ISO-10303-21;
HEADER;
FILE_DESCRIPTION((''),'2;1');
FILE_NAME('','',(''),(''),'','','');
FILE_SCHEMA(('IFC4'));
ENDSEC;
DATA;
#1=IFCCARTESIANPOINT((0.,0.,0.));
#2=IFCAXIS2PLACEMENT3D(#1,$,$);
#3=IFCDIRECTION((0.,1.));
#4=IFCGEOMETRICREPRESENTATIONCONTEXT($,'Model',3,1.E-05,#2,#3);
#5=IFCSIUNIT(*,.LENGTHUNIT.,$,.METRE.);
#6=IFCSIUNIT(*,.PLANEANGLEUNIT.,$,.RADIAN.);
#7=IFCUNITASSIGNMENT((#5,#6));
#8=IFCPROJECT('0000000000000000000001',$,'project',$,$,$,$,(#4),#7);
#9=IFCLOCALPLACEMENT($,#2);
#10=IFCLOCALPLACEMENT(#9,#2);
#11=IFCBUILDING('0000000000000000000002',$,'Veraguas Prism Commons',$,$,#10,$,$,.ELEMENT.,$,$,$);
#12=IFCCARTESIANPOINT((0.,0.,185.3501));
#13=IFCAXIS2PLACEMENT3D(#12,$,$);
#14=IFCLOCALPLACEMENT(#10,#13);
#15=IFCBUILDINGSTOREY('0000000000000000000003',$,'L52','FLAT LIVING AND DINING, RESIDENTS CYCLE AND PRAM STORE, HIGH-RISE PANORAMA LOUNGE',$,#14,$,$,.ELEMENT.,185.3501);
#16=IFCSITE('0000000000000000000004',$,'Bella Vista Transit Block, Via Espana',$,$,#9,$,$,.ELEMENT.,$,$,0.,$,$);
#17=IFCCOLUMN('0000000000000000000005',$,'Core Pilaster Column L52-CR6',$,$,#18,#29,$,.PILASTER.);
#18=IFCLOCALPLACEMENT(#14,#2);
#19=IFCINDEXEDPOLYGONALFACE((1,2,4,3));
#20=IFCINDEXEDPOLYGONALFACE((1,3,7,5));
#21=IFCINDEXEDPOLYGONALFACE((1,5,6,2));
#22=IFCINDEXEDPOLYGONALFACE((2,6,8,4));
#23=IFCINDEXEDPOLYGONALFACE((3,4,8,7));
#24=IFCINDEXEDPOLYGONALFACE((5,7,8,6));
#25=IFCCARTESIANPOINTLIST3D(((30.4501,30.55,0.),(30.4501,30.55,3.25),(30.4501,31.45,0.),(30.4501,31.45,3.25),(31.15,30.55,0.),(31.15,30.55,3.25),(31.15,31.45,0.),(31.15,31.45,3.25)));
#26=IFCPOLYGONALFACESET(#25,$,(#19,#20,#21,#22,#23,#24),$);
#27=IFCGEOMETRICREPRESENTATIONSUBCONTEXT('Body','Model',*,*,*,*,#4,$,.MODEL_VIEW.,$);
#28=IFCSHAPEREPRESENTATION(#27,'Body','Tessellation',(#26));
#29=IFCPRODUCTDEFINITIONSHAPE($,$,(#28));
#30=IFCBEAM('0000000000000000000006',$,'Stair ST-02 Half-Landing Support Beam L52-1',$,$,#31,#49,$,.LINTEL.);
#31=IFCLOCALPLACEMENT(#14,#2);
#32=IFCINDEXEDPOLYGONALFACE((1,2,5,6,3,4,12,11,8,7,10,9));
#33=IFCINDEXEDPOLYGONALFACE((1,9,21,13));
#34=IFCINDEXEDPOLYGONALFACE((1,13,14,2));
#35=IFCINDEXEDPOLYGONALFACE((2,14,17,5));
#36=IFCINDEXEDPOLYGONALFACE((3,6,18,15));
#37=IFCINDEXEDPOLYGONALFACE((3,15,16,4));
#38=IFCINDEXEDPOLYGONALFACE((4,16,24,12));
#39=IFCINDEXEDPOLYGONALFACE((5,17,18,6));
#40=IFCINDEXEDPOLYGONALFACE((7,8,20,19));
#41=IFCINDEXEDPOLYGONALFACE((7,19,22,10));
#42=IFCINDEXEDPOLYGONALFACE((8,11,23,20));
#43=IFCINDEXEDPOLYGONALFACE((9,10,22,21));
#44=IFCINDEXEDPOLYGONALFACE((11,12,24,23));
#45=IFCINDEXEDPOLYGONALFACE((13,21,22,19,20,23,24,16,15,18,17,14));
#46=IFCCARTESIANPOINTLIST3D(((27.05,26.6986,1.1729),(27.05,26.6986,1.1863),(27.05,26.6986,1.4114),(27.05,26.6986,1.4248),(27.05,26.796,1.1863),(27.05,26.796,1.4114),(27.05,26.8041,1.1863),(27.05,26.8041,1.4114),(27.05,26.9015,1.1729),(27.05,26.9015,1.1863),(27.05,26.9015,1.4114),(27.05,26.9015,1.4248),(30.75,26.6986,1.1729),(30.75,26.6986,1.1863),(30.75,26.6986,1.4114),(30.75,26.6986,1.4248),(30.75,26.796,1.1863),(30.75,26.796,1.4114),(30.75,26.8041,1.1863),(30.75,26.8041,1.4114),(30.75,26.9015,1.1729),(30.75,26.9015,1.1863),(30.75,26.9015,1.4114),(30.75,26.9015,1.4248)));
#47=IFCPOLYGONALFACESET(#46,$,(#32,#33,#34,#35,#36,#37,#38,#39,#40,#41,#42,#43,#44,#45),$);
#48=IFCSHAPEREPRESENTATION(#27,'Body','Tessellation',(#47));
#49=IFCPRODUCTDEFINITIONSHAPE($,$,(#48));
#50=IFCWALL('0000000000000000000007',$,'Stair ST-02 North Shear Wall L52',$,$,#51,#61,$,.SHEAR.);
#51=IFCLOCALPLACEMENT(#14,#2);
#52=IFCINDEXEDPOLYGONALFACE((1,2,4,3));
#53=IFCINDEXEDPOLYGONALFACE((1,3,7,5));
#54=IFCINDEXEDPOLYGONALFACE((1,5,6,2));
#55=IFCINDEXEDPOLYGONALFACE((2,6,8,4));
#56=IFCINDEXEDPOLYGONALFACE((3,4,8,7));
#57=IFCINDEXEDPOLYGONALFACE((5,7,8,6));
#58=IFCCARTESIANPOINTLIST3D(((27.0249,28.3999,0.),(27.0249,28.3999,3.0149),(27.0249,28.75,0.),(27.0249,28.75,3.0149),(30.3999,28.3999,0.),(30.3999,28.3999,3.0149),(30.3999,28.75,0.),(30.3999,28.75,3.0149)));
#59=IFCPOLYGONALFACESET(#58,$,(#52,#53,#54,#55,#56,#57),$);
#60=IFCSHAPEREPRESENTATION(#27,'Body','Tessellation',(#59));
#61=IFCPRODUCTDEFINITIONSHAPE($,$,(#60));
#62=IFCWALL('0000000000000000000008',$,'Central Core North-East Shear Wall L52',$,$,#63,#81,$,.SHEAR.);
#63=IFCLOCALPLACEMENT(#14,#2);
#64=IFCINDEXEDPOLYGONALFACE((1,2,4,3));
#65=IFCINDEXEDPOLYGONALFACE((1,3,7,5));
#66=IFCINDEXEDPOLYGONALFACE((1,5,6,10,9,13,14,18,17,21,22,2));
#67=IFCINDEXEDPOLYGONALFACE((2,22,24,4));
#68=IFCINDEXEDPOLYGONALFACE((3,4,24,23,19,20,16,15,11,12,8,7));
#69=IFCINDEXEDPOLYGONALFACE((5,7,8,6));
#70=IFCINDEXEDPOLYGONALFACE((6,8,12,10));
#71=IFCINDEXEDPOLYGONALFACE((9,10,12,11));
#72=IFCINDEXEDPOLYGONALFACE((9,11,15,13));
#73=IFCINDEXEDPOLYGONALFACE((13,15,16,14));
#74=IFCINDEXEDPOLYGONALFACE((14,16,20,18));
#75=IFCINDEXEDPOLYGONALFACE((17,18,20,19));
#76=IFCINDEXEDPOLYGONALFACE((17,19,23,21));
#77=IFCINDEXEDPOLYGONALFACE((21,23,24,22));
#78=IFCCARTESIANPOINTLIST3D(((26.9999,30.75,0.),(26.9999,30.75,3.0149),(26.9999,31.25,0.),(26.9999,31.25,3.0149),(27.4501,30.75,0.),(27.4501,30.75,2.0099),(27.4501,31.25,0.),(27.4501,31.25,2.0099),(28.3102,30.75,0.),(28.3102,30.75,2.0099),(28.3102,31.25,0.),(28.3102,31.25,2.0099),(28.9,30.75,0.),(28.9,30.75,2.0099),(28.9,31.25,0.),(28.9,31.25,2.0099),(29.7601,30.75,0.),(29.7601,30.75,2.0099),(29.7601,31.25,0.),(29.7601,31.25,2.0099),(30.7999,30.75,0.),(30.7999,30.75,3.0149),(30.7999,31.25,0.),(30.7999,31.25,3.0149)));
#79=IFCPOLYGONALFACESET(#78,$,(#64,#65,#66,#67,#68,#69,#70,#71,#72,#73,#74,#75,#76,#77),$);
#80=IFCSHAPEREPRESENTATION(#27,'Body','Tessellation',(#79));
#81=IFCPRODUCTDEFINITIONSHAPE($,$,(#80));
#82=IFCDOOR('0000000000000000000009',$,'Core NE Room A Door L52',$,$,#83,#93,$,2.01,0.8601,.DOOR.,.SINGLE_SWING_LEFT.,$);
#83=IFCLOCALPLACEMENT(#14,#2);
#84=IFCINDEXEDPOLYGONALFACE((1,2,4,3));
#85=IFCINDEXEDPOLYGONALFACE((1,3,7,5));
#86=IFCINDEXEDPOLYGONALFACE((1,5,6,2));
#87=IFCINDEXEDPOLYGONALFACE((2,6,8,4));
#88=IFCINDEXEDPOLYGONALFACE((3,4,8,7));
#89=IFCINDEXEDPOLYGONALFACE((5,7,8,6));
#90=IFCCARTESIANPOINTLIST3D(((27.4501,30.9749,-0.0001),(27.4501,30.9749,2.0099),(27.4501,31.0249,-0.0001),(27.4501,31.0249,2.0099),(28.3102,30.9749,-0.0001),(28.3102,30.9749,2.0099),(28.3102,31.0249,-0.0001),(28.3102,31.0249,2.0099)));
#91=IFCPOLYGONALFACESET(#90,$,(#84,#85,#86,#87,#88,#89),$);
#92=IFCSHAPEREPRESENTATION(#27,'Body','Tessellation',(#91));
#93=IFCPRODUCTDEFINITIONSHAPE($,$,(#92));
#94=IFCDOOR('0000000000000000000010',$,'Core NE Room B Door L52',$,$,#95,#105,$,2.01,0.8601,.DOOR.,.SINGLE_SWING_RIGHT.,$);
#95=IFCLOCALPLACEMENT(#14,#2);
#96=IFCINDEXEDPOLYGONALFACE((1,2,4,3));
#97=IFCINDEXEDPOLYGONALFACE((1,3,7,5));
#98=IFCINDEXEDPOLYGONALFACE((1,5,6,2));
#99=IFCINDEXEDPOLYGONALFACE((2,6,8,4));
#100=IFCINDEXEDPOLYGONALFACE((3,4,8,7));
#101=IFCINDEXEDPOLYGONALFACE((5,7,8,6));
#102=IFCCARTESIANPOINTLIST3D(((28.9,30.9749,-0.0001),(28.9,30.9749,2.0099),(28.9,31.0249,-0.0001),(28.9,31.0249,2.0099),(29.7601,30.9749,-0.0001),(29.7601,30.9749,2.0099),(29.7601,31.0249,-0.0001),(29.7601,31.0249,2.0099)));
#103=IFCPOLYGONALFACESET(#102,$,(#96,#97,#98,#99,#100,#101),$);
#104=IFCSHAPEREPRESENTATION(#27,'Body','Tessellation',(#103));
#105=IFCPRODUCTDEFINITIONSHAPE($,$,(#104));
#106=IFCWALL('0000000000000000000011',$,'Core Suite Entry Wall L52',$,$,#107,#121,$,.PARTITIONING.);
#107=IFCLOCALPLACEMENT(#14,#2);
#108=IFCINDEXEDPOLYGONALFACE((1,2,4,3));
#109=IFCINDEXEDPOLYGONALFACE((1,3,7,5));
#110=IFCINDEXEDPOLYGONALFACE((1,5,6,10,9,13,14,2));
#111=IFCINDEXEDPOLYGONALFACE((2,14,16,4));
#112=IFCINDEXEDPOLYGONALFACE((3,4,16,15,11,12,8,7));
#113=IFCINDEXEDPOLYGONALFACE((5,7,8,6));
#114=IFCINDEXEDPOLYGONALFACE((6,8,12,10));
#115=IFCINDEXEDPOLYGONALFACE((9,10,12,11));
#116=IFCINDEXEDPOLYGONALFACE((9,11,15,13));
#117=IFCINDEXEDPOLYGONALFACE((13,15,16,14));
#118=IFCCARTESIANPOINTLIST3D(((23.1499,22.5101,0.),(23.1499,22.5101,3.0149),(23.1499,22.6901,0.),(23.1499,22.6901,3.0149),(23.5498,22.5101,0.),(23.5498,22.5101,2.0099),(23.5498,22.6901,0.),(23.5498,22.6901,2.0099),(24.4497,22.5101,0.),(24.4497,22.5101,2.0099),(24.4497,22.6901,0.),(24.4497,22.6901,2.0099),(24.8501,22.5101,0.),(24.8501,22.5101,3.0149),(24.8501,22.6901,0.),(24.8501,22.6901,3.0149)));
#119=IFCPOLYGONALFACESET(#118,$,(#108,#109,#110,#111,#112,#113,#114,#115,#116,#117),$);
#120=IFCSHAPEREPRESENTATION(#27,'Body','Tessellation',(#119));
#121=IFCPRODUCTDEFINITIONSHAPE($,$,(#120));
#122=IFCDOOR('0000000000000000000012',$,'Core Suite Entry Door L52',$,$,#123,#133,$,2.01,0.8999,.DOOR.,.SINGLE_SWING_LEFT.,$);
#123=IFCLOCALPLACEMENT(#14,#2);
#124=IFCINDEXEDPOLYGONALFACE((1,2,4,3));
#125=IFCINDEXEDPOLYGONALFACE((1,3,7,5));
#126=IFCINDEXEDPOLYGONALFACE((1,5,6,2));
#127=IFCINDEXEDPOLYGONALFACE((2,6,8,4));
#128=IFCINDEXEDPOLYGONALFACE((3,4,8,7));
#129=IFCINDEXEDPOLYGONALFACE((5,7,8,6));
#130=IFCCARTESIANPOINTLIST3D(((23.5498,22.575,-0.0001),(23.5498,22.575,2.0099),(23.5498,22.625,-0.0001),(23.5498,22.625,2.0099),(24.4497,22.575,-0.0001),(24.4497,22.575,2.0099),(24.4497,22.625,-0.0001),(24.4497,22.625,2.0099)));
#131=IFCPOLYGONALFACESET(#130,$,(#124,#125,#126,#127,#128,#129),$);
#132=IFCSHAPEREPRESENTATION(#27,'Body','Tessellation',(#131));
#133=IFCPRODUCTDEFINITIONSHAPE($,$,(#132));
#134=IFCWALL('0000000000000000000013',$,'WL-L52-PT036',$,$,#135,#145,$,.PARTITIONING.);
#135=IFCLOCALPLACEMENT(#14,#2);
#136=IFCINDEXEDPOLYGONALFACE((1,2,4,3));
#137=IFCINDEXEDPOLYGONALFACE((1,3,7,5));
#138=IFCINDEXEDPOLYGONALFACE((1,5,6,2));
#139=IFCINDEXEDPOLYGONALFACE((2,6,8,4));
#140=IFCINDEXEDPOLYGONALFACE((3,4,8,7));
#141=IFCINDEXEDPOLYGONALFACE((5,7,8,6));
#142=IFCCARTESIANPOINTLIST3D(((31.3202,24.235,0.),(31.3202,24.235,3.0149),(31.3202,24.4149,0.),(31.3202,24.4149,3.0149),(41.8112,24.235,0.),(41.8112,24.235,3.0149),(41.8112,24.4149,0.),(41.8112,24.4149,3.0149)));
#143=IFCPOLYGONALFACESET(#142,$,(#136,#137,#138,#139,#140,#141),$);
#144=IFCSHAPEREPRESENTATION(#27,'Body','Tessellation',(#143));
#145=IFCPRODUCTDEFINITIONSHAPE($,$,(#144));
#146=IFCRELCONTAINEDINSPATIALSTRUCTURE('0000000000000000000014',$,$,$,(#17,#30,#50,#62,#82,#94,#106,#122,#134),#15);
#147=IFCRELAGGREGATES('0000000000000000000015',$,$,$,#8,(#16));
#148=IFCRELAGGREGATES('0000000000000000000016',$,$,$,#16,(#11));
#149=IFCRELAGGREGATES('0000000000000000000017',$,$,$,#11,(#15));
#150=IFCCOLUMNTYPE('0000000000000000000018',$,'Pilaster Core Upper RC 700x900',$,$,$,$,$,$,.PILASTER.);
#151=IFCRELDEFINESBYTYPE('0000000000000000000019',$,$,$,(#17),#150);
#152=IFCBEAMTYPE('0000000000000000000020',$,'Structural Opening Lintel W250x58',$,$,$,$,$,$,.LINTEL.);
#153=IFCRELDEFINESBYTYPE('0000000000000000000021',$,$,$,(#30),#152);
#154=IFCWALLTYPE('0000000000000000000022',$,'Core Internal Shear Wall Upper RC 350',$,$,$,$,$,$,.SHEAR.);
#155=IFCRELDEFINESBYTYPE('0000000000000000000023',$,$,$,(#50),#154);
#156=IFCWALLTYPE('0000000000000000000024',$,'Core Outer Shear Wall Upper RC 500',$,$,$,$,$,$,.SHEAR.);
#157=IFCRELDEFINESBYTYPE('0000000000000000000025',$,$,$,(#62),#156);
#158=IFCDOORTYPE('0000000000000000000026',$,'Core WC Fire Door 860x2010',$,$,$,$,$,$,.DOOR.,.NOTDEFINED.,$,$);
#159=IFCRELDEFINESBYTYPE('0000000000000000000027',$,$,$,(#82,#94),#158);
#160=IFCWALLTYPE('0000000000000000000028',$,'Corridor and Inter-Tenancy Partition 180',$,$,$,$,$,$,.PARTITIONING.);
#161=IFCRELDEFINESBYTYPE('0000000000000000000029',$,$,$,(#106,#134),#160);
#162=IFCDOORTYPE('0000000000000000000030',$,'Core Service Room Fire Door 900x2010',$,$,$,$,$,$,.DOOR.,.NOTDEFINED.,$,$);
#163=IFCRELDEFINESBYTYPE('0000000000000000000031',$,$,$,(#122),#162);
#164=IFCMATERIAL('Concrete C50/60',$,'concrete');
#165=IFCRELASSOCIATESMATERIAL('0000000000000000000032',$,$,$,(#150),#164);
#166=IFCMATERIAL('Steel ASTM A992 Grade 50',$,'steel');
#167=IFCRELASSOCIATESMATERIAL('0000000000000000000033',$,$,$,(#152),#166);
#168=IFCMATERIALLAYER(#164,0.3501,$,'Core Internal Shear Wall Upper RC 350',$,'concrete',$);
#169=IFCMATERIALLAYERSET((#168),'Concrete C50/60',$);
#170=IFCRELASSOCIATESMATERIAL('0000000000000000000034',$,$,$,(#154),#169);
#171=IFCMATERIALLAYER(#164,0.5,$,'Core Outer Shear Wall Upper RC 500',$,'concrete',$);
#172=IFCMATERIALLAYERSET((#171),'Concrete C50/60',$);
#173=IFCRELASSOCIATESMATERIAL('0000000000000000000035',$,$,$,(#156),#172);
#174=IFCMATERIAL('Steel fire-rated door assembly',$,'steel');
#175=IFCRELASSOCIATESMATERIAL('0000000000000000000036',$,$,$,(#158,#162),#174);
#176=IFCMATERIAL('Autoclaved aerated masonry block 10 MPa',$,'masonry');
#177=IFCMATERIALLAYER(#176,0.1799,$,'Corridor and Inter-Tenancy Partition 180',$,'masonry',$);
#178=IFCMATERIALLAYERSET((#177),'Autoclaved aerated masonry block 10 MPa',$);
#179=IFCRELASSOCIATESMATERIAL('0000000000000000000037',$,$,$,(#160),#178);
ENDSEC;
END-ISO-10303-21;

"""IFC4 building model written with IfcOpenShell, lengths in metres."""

from ifc_helpers import new_model, si_unit, direction, frame, frame_2d, origin, origin_2d, place, context, subcontext, project, spatial, rectangle, i_section, extrude, source, transform, mapped, material, layer, layer_set, material_profile, profile_set, type_object, element, fill, save


model = new_model("IFC4")

# Units and contexts
model_context = context("Model", 3, precision=1e-05, world=origin(), true_north=direction((0.0, 1.0)))
body_context = subcontext(model_context, "Body", "Model", "MODEL_VIEW")
ifc_project = project(units=[si_unit("LENGTHUNIT", "METRE"), si_unit("PLANEANGLEUNIT", "RADIAN")], contexts=[model_context])

# Site, building, storey
site_placement = place(None, origin())
site = spatial("IfcSite", under=ifc_project, at=site_placement, Name="Bella Vista Transit Block, Via Espana", CompositionType="ELEMENT", RefElevation=0.0)
building_placement = place(site_placement, origin())
building = spatial("IfcBuilding", under=site, at=building_placement, Name="Veraguas Prism Commons", CompositionType="ELEMENT")
storey_placement = place(building_placement, frame((0.0, 0.0, 185.3501)))
storey = spatial("IfcBuildingStorey", under=building, at=storey_placement, Name="L52", Description="FLAT LIVING AND DINING, RESIDENTS CYCLE AND PRAM STORE, HIGH-RISE PANORAMA LOUNGE", CompositionType="ELEMENT", Elevation=185.3501)

# Column
ifc_material_1 = material(Name="Concrete C50/60", Category="concrete")
ifc_material_profile_1 = material_profile(ifc_material_1, rectangle(XDim=0.7, YDim=0.8999, at=origin_2d()), Name="RC700X900")
ifc_profile_set_1 = profile_set([ifc_material_profile_1], Name="Concrete C50/60")
column_type = type_object("IfcColumnType", Name="Pilaster Core Upper RC 700x900", PredefinedType="PILASTER", material=ifc_profile_set_1)
column_placement = place(storey_placement, frame((30.8, 31.0, 0.0), z_axis=(0.0, 0.0, 1.0), x_axis=(1.0, 0.0, 0.0)))
element("IfcColumn", 1, at=column_placement, inside=storey, type_object=column_type, Name="Core Pilaster Column L52-CR6", PredefinedType="PILASTER", context=body_context, shape_type="SweptSolid", body=[
    extrude(rectangle(XDim=0.7, YDim=0.8999, at=origin_2d()), origin(), (0.0, 0.0, 1.0), 3.25),
])

# Beam
ifc_material_2 = material(Name="Steel ASTM A992 Grade 50", Category="steel")
ifc_material_profile_2 = material_profile(ifc_material_2, i_section(OverallWidth=0.2029, OverallDepth=0.252, WebThickness=0.0081, FlangeThickness=0.0134, at=origin_2d()), Name="W250X58")
ifc_profile_set_2 = profile_set([ifc_material_profile_2], Name="Steel ASTM A992 Grade 50")
beam_type = type_object("IfcBeamType", Name="Structural Opening Lintel W250x58", PredefinedType="LINTEL", material=ifc_profile_set_2)
beam_placement = place(storey_placement, frame((27.05, 26.8, 1.2988), z_axis=(1.0, 0.0, 0.0), x_axis=(0.0, 1.0, 0.0)))
element("IfcBeam", 2, at=beam_placement, inside=storey, type_object=beam_type, Name="Stair ST-02 Half-Landing Support Beam L52-1", PredefinedType="LINTEL", context=body_context, shape_type="SweptSolid", body=[
    extrude(i_section(OverallWidth=0.2029, OverallDepth=0.252, WebThickness=0.0081, FlangeThickness=0.0134, at=origin_2d()), origin(), (0.0, 0.0, 1.0), 3.7),
])

# Wall
ifc_layer_1 = layer(ifc_material_1, 0.3501, Name="Core Internal Shear Wall Upper RC 350", Category="concrete")
ifc_layer_set_1 = layer_set([ifc_layer_1], Name="Concrete C50/60")
wall_type_1 = type_object("IfcWallType", Name="Core Internal Shear Wall Upper RC 350", PredefinedType="SHEAR", material=ifc_layer_set_1)
wall_1_placement = place(storey_placement, frame((27.0249, 28.575, 0.0), z_axis=(0.0, 0.0, 1.0), x_axis=(1.0, 0.0, 0.0)))
element("IfcWall", 3, at=wall_1_placement, inside=storey, type_object=wall_type_1, Name="Stair ST-02 North Shear Wall L52", PredefinedType="SHEAR", context=body_context, shape_type="SweptSolid", body=[
    extrude(rectangle(XDim=3.375, YDim=0.3501, at=frame_2d((1.6875, 0.0))), origin(), (0.0, 0.0, 1.0), 3.0149),
])

# Wall, openings, doors
ifc_layer_2 = layer(ifc_material_1, 0.5, Name="Core Outer Shear Wall Upper RC 500", Category="concrete")
ifc_layer_set_2 = layer_set([ifc_layer_2], Name="Concrete C50/60")
wall_type_2 = type_object("IfcWallType", Name="Core Outer Shear Wall Upper RC 500", PredefinedType="SHEAR", material=ifc_layer_set_2)
wall_2_placement = place(storey_placement, frame((27.0, 31.0, 0.0), z_axis=(0.0, 0.0, 1.0), x_axis=(1.0, 0.0, 0.0)))
wall_2 = element("IfcWall", 4, at=wall_2_placement, inside=storey, type_object=wall_type_2, Name="Central Core North-East Shear Wall L52", PredefinedType="SHEAR", context=body_context, shape_type="SweptSolid", body=[
    extrude(rectangle(XDim=3.8, YDim=0.5, at=frame_2d((1.8999, 0.0))), origin(), (0.0, 0.0, 1.0), 3.0149),
])
opening_1_placement = place(wall_2_placement, frame((0.45, 0.0, 0.0)))
opening_1 = element("IfcOpeningElement", 5, at=opening_1_placement, cuts=wall_2, PredefinedType="OPENING", context=body_context, shape_type="SweptSolid", body=[
    extrude(rectangle(XDim=0.8601, YDim=2.01, at=frame_2d((0.4302, 1.0049))), frame((0.0, 0.26, 0.0), z_axis=(0.0, -1.0, 0.0), x_axis=(1.0, 0.0, 0.0)), (0.0, 0.0, 1.0), 0.52),
])
opening_2_placement = place(wall_2_placement, frame((1.8999, 0.0, 0.0)))
opening_2 = element("IfcOpeningElement", 6, at=opening_2_placement, cuts=wall_2, PredefinedType="OPENING", context=body_context, shape_type="SweptSolid", body=[
    extrude(rectangle(XDim=0.8601, YDim=2.01, at=frame_2d((0.4302, 1.0049))), frame((0.0, 0.26, 0.0), z_axis=(0.0, -1.0, 0.0), x_axis=(1.0, 0.0, 0.0)), (0.0, 0.0, 1.0), 0.52),
])
ifc_material_3 = material(Name="Steel fire-rated door assembly", Category="steel")
door_type_1 = type_object("IfcDoorType", Name="Core WC Fire Door 860x2010", OperationType="NOTDEFINED", PredefinedType="DOOR", material=ifc_material_3)
shared_shape_1 = source(origin(), body_context, "Body", "SweptSolid", [
    extrude(rectangle(XDim=0.8601, YDim=2.01, at=frame_2d((0.4302, 1.0049))), frame((0.0, 0.0249, 0.0), z_axis=(0.0, -1.0, 0.0), x_axis=(1.0, 0.0, 0.0)), (0.0, 0.0, 1.0), 0.05),
])
door_1_placement = place(opening_1_placement, origin())
door_1 = element("IfcDoor", 7, at=door_1_placement, inside=storey, type_object=door_type_1, Name="Core NE Room A Door L52", OperationType="SINGLE_SWING_LEFT", OverallHeight=2.01, OverallWidth=0.8601, PredefinedType="DOOR", context=body_context, shape_type="MappedRepresentation", body=[
    mapped(shared_shape_1, transform((0.0, 0.0, 0.0), scale=1.0)),
])
fill(opening_1, door_1)
door_2_placement = place(opening_2_placement, origin())
door_2 = element("IfcDoor", 8, at=door_2_placement, inside=storey, type_object=door_type_1, Name="Core NE Room B Door L52", OperationType="SINGLE_SWING_RIGHT", OverallHeight=2.01, OverallWidth=0.8601, PredefinedType="DOOR", context=body_context, shape_type="MappedRepresentation", body=[
    mapped(shared_shape_1, transform((0.0, 0.0, 0.0), scale=1.0)),
])
fill(opening_2, door_2)

# Wall, opening, door
ifc_material_4 = material(Name="Autoclaved aerated masonry block 10 MPa", Category="masonry")
ifc_layer_3 = layer(ifc_material_4, 0.1799, Name="Corridor and Inter-Tenancy Partition 180", Category="masonry")
ifc_layer_set_3 = layer_set([ifc_layer_3], Name="Autoclaved aerated masonry block 10 MPa")
wall_type_3 = type_object("IfcWallType", Name="Corridor and Inter-Tenancy Partition 180", PredefinedType="PARTITIONING", material=ifc_layer_set_3)
wall_3_placement = place(storey_placement, frame((23.1499, 22.6001, 0.0), z_axis=(0.0, 0.0, 1.0), x_axis=(1.0, 0.0, 0.0)))
wall_3 = element("IfcWall", 9, at=wall_3_placement, inside=storey, type_object=wall_type_3, Name="Core Suite Entry Wall L52", PredefinedType="PARTITIONING", context=body_context, shape_type="SweptSolid", body=[
    extrude(rectangle(XDim=1.7002, YDim=0.1799, at=frame_2d((0.8501, 0.0))), origin(), (0.0, 0.0, 1.0), 3.0149),
])
opening_3_placement = place(wall_3_placement, frame((0.3999, 0.0, 0.0)))
opening_3 = element("IfcOpeningElement", 10, at=opening_3_placement, cuts=wall_3, PredefinedType="OPENING", context=body_context, shape_type="SweptSolid", body=[
    extrude(rectangle(XDim=0.8999, YDim=2.01, at=frame_2d((0.45, 1.0049))), frame((0.0, 0.0999, 0.0), z_axis=(0.0, -1.0, 0.0), x_axis=(1.0, 0.0, 0.0)), (0.0, 0.0, 1.0), 0.2),
])
door_type_2 = type_object("IfcDoorType", Name="Core Service Room Fire Door 900x2010", OperationType="NOTDEFINED", PredefinedType="DOOR", material=ifc_material_3)
shared_shape_2 = source(origin(), body_context, "Body", "SweptSolid", [
    extrude(rectangle(XDim=0.8999, YDim=2.01, at=frame_2d((0.45, 1.0049))), frame((0.0, 0.0249, 0.0), z_axis=(0.0, -1.0, 0.0), x_axis=(1.0, 0.0, 0.0)), (0.0, 0.0, 1.0), 0.05),
])
door_3_placement = place(opening_3_placement, origin())
door_3 = element("IfcDoor", 11, at=door_3_placement, inside=storey, type_object=door_type_2, Name="Core Suite Entry Door L52", OperationType="SINGLE_SWING_LEFT", OverallHeight=2.01, OverallWidth=0.8999, PredefinedType="DOOR", context=body_context, shape_type="MappedRepresentation", body=[
    mapped(shared_shape_2, transform((0.0, 0.0, 0.0), scale=1.0)),
])
fill(opening_3, door_3)

# Wall
wall_4_placement = place(storey_placement, frame((31.3201, 24.325, 0.0), z_axis=(0.0, 0.0, 1.0), x_axis=(1.0, 0.0, 0.0)))
element("IfcWall", 12, at=wall_4_placement, inside=storey, type_object=wall_type_3, Name="WL-L52-PT036", PredefinedType="PARTITIONING", context=body_context, shape_type="SweptSolid", body=[
    extrude(rectangle(XDim=10.491, YDim=0.1799, at=frame_2d((5.2456, 0.0))), origin(), (0.0, 0.0, 1.0), 3.0149),
])

save(model, "model.ifc")
